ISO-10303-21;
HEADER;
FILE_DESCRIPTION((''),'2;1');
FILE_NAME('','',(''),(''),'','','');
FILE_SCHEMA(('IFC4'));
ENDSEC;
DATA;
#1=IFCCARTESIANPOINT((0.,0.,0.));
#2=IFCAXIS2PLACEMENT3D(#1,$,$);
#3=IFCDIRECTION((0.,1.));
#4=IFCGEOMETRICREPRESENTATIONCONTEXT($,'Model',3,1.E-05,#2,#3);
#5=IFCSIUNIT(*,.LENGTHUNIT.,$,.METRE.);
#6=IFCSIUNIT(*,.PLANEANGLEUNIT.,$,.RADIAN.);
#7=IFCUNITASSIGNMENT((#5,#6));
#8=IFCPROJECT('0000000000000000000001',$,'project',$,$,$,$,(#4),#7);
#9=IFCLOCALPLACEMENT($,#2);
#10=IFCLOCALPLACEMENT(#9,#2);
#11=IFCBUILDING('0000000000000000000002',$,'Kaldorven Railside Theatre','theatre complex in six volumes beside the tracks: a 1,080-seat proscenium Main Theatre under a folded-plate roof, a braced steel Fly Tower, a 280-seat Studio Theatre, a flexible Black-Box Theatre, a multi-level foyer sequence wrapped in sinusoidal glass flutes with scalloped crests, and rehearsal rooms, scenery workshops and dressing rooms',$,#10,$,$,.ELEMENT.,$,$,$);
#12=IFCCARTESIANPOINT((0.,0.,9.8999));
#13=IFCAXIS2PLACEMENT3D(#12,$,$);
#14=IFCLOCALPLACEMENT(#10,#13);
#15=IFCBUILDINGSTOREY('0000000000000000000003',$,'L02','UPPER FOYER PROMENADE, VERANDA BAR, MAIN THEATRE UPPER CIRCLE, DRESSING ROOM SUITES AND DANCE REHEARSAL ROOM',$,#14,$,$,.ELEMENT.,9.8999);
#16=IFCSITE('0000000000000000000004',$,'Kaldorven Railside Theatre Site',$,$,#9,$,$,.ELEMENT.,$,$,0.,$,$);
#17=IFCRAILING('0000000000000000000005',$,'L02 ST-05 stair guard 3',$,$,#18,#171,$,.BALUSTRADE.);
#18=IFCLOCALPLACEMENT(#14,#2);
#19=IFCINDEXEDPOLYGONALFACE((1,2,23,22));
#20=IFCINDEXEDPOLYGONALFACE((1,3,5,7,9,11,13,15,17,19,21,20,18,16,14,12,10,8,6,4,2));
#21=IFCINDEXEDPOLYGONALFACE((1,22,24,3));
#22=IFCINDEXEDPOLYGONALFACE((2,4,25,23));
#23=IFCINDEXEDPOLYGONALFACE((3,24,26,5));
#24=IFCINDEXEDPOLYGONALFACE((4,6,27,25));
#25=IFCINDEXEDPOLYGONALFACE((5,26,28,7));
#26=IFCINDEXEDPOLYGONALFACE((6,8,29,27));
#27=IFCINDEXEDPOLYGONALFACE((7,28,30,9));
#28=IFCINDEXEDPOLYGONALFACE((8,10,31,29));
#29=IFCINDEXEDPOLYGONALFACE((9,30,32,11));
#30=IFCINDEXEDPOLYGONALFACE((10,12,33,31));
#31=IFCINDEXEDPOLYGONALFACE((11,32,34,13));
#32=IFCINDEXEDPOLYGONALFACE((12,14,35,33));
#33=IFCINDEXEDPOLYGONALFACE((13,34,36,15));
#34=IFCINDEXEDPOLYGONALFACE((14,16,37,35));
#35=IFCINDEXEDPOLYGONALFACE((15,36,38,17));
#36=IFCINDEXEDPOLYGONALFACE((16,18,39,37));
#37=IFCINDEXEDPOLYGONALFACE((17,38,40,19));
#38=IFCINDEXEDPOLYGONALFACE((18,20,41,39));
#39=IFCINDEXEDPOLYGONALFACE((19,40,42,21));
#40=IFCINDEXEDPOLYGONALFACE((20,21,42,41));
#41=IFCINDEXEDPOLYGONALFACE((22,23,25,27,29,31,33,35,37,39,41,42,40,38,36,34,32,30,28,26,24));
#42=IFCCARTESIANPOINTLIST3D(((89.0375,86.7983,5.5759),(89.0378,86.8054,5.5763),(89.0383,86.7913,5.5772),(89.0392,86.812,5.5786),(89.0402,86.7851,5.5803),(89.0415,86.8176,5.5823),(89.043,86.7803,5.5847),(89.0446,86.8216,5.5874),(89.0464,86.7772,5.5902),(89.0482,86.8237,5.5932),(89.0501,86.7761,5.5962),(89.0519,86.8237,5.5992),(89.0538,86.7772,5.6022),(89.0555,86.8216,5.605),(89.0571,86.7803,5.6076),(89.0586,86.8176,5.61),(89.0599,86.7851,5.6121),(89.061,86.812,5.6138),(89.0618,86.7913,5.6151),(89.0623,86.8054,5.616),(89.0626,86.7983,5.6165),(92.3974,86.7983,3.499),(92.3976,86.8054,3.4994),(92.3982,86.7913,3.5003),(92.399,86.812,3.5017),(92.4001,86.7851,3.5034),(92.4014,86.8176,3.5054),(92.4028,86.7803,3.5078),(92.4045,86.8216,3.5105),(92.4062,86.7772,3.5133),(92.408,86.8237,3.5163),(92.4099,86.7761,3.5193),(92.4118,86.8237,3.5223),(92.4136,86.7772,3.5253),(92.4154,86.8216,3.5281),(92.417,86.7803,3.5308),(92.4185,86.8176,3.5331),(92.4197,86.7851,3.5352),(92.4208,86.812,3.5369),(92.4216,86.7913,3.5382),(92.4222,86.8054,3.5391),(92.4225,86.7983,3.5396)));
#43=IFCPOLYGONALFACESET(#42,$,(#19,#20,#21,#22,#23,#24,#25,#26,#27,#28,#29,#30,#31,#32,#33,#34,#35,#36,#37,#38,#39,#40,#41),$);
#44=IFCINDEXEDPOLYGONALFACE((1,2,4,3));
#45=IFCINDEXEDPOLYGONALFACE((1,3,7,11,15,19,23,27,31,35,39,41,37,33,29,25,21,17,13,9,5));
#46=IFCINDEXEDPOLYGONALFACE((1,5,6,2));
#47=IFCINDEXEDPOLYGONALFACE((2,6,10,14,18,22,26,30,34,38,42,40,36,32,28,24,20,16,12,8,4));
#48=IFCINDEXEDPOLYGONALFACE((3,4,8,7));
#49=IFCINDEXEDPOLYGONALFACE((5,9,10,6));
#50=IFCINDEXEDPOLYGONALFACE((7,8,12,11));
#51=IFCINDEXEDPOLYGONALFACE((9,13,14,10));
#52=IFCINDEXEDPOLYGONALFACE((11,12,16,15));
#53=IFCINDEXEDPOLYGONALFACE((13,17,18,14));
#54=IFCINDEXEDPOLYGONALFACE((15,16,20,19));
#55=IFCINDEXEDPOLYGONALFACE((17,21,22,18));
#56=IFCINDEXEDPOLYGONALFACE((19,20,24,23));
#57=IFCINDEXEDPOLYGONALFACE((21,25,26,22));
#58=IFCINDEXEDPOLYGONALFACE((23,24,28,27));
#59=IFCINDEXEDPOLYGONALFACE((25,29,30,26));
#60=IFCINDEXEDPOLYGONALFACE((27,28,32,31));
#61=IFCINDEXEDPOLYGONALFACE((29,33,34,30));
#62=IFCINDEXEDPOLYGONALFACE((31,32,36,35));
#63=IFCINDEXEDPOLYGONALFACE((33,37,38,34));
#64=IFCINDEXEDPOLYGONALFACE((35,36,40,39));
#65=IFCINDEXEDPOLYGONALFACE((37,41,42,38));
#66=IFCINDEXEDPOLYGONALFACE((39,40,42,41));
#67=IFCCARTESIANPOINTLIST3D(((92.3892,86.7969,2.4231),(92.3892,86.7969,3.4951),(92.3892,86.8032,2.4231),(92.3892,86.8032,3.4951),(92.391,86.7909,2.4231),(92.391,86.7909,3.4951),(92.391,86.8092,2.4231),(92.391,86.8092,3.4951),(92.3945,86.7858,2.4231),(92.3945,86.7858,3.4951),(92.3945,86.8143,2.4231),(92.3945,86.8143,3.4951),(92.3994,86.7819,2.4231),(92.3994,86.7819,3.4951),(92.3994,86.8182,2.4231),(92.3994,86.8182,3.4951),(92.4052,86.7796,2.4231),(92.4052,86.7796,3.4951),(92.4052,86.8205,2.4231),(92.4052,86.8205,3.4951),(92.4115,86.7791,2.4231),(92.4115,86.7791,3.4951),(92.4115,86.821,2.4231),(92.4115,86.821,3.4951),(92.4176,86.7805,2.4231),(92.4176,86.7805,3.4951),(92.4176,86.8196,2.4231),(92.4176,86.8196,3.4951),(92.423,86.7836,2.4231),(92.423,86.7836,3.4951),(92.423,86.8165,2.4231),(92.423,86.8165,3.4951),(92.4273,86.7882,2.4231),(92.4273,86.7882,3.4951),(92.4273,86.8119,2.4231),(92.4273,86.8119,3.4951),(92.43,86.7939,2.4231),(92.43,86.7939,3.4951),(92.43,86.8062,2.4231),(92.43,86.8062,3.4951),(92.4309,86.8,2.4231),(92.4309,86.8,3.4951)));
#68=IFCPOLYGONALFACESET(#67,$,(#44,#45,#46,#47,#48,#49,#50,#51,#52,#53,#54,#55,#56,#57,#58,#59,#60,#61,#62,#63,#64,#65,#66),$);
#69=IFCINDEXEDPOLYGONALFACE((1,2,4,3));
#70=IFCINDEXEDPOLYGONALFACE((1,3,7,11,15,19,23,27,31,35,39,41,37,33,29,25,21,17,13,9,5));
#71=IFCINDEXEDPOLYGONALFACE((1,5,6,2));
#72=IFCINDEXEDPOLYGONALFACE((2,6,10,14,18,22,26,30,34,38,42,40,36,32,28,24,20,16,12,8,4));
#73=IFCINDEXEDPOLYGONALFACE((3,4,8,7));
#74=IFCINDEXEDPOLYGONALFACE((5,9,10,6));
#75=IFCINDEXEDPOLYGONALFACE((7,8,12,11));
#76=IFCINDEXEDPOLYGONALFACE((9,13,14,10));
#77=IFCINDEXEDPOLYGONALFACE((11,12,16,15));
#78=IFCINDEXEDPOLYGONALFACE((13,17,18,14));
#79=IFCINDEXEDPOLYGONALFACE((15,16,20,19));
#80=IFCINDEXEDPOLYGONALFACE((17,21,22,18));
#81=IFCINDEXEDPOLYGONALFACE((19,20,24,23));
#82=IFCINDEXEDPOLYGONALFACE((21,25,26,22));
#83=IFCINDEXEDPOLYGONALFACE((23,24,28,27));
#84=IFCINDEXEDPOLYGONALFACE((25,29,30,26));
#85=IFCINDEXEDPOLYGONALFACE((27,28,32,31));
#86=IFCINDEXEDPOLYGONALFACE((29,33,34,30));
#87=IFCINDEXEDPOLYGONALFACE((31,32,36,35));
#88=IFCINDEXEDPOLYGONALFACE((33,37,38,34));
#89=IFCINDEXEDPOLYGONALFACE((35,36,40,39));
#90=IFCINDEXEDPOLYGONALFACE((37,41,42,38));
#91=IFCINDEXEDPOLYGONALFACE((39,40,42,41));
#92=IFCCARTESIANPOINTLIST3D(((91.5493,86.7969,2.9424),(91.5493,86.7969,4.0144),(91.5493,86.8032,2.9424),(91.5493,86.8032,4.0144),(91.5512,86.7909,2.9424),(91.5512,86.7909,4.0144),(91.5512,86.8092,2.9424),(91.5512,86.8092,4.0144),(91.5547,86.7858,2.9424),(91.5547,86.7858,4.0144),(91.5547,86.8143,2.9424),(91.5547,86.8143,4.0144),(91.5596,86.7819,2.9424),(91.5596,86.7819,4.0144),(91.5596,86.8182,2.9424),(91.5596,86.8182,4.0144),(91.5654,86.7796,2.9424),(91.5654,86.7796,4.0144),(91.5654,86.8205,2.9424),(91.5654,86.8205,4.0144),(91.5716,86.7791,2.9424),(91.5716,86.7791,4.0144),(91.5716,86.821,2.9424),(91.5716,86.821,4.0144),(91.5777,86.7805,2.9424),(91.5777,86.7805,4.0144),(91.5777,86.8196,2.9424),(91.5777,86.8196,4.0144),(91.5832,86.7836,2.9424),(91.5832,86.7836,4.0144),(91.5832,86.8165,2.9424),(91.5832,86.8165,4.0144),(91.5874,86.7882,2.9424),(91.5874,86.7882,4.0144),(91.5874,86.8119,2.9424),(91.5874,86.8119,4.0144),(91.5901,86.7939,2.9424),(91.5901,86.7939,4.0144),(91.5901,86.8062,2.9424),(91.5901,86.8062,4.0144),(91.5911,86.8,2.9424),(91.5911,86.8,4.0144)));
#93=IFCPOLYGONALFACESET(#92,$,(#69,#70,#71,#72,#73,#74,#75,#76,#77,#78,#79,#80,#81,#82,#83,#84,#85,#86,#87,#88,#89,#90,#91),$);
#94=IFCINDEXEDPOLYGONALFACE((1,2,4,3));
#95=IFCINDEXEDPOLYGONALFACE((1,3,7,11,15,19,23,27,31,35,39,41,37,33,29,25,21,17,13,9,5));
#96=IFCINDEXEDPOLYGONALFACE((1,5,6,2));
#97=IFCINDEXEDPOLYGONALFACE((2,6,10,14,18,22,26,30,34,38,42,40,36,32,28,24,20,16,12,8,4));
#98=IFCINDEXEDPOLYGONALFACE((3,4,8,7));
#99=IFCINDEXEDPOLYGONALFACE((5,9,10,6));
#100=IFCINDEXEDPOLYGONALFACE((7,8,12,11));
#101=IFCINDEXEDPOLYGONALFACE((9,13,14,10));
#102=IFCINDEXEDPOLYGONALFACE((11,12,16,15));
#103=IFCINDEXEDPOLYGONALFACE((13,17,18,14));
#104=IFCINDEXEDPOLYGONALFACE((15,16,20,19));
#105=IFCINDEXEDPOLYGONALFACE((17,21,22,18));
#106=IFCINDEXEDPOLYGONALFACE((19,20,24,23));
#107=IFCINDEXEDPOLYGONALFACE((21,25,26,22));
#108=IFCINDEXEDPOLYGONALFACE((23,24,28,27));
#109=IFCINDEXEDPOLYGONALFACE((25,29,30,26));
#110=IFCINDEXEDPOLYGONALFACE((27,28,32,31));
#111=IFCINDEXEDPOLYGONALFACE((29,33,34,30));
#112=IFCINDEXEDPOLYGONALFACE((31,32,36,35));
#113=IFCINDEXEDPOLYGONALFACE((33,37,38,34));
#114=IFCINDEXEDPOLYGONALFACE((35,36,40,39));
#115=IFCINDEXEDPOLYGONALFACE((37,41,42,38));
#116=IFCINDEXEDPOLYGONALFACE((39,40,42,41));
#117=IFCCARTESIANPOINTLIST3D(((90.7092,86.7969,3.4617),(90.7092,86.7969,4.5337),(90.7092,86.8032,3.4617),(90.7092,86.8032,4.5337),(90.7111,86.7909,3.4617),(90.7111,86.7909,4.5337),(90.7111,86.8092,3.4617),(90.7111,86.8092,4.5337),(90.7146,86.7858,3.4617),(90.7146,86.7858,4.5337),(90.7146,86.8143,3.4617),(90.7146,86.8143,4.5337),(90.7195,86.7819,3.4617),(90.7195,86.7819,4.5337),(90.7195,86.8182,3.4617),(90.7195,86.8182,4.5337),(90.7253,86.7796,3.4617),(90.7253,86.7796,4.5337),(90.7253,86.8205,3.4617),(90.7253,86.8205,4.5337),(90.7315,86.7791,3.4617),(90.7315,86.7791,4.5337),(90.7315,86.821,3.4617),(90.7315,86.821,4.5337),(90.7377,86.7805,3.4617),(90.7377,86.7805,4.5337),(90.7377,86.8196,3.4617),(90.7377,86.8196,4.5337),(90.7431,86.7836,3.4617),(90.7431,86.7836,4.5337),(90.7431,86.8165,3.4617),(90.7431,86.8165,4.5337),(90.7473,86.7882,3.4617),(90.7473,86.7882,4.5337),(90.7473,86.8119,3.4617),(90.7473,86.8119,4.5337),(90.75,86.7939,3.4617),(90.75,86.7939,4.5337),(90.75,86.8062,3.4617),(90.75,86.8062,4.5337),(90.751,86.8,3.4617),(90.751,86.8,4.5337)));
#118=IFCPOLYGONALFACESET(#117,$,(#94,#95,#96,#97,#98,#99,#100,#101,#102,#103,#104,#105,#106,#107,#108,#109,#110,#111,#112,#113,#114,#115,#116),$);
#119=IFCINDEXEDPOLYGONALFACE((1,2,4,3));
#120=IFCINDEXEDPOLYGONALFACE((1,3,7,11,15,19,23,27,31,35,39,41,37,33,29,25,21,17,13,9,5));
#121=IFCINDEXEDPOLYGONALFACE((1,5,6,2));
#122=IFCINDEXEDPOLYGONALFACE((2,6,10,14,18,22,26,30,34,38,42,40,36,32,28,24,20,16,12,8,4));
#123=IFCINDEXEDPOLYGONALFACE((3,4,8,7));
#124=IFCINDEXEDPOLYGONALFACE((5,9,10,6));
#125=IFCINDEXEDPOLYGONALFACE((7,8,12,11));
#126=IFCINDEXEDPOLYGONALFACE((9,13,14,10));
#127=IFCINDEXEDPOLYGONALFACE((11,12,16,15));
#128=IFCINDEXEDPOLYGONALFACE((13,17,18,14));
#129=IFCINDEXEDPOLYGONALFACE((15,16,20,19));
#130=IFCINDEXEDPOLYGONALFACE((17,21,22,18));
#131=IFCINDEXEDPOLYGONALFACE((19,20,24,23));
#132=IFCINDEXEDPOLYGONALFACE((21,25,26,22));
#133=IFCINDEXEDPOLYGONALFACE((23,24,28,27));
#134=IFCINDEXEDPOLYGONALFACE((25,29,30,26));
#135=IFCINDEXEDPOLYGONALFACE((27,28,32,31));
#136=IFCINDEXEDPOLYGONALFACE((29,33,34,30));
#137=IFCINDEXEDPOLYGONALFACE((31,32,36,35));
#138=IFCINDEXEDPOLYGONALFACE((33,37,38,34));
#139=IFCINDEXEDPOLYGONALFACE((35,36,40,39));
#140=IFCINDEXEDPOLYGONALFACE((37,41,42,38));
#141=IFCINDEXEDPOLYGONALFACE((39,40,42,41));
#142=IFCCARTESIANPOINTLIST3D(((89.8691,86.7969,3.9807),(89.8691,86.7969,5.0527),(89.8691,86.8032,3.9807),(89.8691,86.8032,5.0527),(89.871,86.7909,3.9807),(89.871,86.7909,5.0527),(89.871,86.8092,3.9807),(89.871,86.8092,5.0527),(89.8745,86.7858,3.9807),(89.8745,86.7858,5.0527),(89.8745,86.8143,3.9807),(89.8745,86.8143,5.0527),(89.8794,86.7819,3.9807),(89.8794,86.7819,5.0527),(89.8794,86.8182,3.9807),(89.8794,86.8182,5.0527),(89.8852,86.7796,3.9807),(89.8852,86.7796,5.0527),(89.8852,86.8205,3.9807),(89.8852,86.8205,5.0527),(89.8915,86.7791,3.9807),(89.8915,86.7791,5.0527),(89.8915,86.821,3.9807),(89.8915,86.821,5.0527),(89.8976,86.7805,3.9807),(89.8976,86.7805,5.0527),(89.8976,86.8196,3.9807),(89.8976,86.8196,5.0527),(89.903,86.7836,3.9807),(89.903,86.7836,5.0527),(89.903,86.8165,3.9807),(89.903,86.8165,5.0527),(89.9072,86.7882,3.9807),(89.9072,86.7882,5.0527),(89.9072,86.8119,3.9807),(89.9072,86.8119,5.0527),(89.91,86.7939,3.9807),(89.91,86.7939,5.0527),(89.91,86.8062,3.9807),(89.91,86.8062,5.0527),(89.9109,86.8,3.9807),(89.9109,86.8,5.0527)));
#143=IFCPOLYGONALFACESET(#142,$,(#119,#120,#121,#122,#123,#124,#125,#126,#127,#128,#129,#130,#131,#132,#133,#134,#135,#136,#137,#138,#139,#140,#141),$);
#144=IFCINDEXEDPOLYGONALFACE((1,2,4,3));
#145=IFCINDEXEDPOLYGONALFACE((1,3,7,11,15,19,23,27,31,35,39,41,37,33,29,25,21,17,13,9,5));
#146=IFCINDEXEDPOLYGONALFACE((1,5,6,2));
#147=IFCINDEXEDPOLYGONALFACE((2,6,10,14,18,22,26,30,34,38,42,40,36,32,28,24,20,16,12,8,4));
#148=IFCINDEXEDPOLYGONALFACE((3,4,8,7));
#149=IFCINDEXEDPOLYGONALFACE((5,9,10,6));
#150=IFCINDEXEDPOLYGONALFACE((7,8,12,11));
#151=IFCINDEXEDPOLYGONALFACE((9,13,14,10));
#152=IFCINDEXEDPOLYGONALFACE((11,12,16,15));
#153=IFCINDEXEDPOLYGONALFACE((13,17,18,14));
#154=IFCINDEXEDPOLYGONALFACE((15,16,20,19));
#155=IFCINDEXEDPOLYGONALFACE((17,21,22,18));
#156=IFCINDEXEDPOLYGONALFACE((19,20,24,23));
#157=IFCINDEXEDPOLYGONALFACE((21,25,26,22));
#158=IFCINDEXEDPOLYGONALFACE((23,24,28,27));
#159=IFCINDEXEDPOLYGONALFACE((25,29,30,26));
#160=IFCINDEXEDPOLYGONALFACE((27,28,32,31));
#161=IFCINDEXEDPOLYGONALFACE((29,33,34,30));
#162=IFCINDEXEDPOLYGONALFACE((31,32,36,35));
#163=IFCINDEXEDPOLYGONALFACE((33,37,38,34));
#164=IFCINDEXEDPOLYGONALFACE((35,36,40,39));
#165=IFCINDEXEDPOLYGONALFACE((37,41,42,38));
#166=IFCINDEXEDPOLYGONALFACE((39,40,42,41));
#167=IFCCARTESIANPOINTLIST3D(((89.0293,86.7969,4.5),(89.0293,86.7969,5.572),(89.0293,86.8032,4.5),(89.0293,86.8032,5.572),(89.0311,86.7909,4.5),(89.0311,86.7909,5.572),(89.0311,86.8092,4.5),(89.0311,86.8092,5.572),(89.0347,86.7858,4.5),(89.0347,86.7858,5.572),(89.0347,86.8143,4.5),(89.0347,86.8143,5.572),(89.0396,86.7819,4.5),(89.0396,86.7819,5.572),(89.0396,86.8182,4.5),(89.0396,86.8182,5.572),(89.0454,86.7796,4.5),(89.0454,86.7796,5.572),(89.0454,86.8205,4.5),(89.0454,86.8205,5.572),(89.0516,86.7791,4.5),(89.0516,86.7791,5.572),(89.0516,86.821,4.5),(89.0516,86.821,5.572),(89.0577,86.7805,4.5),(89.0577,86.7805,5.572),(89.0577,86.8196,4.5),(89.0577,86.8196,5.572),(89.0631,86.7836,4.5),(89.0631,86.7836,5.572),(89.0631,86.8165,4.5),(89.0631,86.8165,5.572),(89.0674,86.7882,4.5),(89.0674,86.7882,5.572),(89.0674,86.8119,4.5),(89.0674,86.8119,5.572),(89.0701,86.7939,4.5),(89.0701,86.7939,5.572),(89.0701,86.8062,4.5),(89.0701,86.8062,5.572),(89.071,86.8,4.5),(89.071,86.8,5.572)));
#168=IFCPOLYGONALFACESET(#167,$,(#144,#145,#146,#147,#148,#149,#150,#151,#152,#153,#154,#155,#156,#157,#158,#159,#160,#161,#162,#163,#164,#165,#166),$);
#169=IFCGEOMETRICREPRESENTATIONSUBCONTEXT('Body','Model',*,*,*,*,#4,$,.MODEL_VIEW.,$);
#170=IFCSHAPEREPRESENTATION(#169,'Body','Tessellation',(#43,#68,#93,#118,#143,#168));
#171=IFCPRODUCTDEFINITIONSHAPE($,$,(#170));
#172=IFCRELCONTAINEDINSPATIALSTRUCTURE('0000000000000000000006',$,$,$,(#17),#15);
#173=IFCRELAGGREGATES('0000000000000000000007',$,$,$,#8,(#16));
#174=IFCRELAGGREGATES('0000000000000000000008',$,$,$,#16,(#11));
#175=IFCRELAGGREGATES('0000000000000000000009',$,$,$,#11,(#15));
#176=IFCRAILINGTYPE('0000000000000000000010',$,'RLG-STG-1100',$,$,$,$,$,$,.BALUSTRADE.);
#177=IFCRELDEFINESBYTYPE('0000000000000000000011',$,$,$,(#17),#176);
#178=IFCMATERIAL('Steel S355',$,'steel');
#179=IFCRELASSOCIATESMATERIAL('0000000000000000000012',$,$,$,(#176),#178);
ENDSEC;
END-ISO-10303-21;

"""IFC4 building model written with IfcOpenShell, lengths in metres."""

from ifc_helpers import new_model, si_unit, direction, frame, origin, origin_2d, place, context, subcontext, project, spatial, circle, extrude, material, type_object, element, save


model = new_model("IFC4")

# Units and contexts
model_context = context("Model", 3, precision=1e-05, world=origin(), true_north=direction((0.0, 1.0)))
body_context = subcontext(model_context, "Body", "Model", "MODEL_VIEW")
ifc_project = project(units=[si_unit("LENGTHUNIT", "METRE"), si_unit("PLANEANGLEUNIT", "RADIAN")], contexts=[model_context])

# Site, building, storey
site_placement = place(None, origin())
site = spatial("IfcSite", under=ifc_project, at=site_placement, Name="Kaldorven Railside Theatre Site", CompositionType="ELEMENT", RefElevation=0.0)
building_placement = place(site_placement, origin())
building = spatial("IfcBuilding", under=site, at=building_placement, Name="Kaldorven Railside Theatre", Description="theatre complex in six volumes beside the tracks: a 1,080-seat proscenium Main Theatre under a folded-plate roof, a braced steel Fly Tower, a 280-seat Studio Theatre, a flexible Black-Box Theatre, a multi-level foyer sequence wrapped in sinusoidal glass flutes with scalloped crests, and rehearsal rooms, scenery workshops and dressing rooms", CompositionType="ELEMENT")
storey_placement = place(building_placement, frame((0.0, 0.0, 9.8999)))
storey = spatial("IfcBuildingStorey", under=building, at=storey_placement, Name="L02", Description="UPPER FOYER PROMENADE, VERANDA BAR, MAIN THEATRE UPPER CIRCLE, DRESSING ROOM SUITES AND DANCE REHEARSAL ROOM", CompositionType="ELEMENT", Elevation=9.8999)

# Shared definitions
ifc_material_1 = material(Name="Steel S355", Category="steel")

# Railing
railing_type = type_object("IfcRailingType", Name="RLG-STG-1100", PredefinedType="BALUSTRADE", material=ifc_material_1)
railing_1_placement = place(storey_placement, frame((92.4099, 86.8, 2.4231)))
element("IfcRailing", 1, at=railing_1_placement, inside=storey, type_object=railing_type, Name="L02 ST-05 stair guard 3", PredefinedType="BALUSTRADE", context=body_context, shape_type="SweptSolid", body=[
    extrude(circle(Radius=0.0239, at=origin_2d()), frame((0.0, 0.0, 1.0962), z_axis=(-0.850606, 0.0, 0.525803), x_axis=(0.0, -1.0, 0.0)), (0.0, 0.0, 1.0), 3.95),
    extrude(circle(Radius=0.021, at=origin_2d()), origin(), (0.0, 0.0, 1.0), 1.072),
    extrude(circle(Radius=0.021, at=origin_2d()), frame((-0.8398, 0.0, 0.5193)), (0.0, 0.0, 1.0), 1.072),
    extrude(circle(Radius=0.021, at=origin_2d()), frame((-1.6799, 0.0, 1.0386)), (0.0, 0.0, 1.0), 1.072),
    extrude(circle(Radius=0.021, at=origin_2d()), frame((-2.52, 0.0, 1.5576)), (0.0, 0.0, 1.0), 1.072),
    extrude(circle(Radius=0.021, at=origin_2d()), frame((-3.3599, 0.0, 2.0769)), (0.0, 0.0, 1.0), 1.072),
])

save(model, "model.ifc")
